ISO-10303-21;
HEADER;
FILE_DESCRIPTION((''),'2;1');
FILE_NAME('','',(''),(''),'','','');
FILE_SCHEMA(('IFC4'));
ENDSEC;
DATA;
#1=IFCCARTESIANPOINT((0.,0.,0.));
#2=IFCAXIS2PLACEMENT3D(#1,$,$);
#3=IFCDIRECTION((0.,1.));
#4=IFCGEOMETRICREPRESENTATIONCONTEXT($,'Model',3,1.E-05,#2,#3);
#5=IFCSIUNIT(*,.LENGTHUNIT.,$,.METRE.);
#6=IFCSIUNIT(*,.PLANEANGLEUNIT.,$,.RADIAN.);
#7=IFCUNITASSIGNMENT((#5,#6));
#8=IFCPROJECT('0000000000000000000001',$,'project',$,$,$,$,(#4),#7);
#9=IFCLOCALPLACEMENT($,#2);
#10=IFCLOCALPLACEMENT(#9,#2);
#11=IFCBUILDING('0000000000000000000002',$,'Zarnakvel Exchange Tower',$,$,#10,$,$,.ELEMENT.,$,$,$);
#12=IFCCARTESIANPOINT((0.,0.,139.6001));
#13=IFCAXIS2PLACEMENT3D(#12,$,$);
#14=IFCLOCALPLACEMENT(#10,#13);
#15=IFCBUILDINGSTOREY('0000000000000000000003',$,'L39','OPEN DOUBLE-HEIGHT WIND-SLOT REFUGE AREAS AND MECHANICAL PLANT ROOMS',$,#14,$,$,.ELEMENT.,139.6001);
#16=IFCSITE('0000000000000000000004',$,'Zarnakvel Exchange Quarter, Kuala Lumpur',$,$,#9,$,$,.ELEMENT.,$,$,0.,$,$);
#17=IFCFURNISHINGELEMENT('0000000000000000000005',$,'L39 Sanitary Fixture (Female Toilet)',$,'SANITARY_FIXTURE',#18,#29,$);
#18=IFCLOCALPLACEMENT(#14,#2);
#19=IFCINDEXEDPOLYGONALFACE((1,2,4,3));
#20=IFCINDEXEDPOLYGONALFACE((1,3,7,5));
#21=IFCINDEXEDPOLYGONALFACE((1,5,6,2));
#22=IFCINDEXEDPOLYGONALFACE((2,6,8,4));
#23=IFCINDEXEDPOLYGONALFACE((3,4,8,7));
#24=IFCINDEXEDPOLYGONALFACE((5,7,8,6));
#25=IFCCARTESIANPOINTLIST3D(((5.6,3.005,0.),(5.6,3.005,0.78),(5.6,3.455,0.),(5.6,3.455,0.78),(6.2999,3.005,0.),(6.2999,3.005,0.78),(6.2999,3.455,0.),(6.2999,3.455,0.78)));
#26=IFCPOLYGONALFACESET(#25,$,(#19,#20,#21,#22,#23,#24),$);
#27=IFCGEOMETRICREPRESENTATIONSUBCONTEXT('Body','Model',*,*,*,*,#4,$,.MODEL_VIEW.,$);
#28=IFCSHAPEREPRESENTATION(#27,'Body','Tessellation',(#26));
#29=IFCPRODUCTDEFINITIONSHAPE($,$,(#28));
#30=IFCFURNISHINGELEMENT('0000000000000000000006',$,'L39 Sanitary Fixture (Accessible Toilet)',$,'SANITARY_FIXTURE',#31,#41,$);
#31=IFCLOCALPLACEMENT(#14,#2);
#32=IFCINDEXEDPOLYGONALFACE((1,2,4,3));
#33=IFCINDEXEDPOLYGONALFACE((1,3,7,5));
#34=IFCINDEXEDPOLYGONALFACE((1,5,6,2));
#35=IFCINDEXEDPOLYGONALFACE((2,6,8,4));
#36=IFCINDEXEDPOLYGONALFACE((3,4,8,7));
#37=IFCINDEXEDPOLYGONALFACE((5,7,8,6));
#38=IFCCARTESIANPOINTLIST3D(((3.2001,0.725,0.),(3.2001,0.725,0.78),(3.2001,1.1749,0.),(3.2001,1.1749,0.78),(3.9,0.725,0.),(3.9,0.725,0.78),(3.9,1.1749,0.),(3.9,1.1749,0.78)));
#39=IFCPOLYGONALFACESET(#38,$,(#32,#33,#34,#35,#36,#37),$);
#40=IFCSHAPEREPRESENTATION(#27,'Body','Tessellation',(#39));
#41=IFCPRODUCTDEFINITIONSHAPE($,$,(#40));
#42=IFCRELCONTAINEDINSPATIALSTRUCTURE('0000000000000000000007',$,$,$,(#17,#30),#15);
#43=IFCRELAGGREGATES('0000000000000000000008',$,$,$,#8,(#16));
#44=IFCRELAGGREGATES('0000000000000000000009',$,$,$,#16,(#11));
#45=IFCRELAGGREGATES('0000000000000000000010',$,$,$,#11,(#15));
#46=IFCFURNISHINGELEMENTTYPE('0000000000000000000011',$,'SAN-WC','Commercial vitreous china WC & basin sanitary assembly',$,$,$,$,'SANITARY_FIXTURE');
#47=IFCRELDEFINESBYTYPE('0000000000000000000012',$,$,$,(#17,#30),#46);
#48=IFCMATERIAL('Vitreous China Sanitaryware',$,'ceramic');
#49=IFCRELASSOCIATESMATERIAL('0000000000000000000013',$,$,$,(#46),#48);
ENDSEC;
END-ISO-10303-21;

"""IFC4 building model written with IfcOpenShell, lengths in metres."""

from ifc_helpers import new_model, si_unit, direction, frame, origin, origin_2d, place, context, subcontext, project, spatial, rectangle, extrude, source, transform, mapped, material, type_object, element, save


model = new_model("IFC4")

# Units and contexts
model_context = context("Model", 3, precision=1e-05, world=origin(), true_north=direction((0.0, 1.0)))
body_context = subcontext(model_context, "Body", "Model", "MODEL_VIEW")
ifc_project = project(units=[si_unit("LENGTHUNIT", "METRE"), si_unit("PLANEANGLEUNIT", "RADIAN")], contexts=[model_context])

# Site, building, storey
site_placement = place(None, origin())
site = spatial("IfcSite", under=ifc_project, at=site_placement, Name="Zarnakvel Exchange Quarter, Kuala Lumpur", CompositionType="ELEMENT", RefElevation=0.0)
building_placement = place(site_placement, origin())
building = spatial("IfcBuilding", under=site, at=building_placement, Name="Zarnakvel Exchange Tower", CompositionType="ELEMENT")
storey_placement = place(building_placement, frame((0.0, 0.0, 139.6001)))
storey = spatial("IfcBuildingStorey", under=building, at=storey_placement, Name="L39", Description="OPEN DOUBLE-HEIGHT WIND-SLOT REFUGE AREAS AND MECHANICAL PLANT ROOMS", CompositionType="ELEMENT", Elevation=139.6001)

# Furnishing elements
ifc_material_1 = material(Name="Vitreous China Sanitaryware", Category="ceramic")
furnishing_element_type = type_object("IfcFurnishingElementType", Name="SAN-WC", Description="Commercial vitreous china WC & basin sanitary assembly", ElementType="SANITARY_FIXTURE", material=ifc_material_1)
shared_shape_1 = source(origin(), body_context, "Body", "SweptSolid", [
    extrude(rectangle(XDim=0.7, YDim=0.45, at=origin_2d()), origin(), (0.0, 0.0, 1.0), 0.78),
])
for number, where, z_axis, x_axis, name in (
    (1, (5.95, 3.23, 0.0), (0.0, 0.0, 1.0), (1.0, 0.0, 0.0), "L39 Sanitary Fixture (Female Toilet)"),
    (2, (3.55, 0.95, 0.0), (0.0, 0.0, 1.0), (1.0, 0.0, 0.0), "L39 Sanitary Fixture (Accessible Toilet)"),
):
    element("IfcFurnishingElement", number, at=place(storey_placement, frame(where, z_axis=z_axis, x_axis=x_axis)), inside=storey, type_object=furnishing_element_type, Name=name, ObjectType="SANITARY_FIXTURE", context=body_context, shape_type="MappedRepresentation", body=[
        mapped(shared_shape_1, transform((0.0, 0.0, 0.0), x_axis=(1.0, 0.0, 0.0), y_axis=(0.0, 1.0, 0.0), z_axis=(0.0, 0.0, 1.0), scale=1.0)),
    ])

save(model, "model.ifc")
